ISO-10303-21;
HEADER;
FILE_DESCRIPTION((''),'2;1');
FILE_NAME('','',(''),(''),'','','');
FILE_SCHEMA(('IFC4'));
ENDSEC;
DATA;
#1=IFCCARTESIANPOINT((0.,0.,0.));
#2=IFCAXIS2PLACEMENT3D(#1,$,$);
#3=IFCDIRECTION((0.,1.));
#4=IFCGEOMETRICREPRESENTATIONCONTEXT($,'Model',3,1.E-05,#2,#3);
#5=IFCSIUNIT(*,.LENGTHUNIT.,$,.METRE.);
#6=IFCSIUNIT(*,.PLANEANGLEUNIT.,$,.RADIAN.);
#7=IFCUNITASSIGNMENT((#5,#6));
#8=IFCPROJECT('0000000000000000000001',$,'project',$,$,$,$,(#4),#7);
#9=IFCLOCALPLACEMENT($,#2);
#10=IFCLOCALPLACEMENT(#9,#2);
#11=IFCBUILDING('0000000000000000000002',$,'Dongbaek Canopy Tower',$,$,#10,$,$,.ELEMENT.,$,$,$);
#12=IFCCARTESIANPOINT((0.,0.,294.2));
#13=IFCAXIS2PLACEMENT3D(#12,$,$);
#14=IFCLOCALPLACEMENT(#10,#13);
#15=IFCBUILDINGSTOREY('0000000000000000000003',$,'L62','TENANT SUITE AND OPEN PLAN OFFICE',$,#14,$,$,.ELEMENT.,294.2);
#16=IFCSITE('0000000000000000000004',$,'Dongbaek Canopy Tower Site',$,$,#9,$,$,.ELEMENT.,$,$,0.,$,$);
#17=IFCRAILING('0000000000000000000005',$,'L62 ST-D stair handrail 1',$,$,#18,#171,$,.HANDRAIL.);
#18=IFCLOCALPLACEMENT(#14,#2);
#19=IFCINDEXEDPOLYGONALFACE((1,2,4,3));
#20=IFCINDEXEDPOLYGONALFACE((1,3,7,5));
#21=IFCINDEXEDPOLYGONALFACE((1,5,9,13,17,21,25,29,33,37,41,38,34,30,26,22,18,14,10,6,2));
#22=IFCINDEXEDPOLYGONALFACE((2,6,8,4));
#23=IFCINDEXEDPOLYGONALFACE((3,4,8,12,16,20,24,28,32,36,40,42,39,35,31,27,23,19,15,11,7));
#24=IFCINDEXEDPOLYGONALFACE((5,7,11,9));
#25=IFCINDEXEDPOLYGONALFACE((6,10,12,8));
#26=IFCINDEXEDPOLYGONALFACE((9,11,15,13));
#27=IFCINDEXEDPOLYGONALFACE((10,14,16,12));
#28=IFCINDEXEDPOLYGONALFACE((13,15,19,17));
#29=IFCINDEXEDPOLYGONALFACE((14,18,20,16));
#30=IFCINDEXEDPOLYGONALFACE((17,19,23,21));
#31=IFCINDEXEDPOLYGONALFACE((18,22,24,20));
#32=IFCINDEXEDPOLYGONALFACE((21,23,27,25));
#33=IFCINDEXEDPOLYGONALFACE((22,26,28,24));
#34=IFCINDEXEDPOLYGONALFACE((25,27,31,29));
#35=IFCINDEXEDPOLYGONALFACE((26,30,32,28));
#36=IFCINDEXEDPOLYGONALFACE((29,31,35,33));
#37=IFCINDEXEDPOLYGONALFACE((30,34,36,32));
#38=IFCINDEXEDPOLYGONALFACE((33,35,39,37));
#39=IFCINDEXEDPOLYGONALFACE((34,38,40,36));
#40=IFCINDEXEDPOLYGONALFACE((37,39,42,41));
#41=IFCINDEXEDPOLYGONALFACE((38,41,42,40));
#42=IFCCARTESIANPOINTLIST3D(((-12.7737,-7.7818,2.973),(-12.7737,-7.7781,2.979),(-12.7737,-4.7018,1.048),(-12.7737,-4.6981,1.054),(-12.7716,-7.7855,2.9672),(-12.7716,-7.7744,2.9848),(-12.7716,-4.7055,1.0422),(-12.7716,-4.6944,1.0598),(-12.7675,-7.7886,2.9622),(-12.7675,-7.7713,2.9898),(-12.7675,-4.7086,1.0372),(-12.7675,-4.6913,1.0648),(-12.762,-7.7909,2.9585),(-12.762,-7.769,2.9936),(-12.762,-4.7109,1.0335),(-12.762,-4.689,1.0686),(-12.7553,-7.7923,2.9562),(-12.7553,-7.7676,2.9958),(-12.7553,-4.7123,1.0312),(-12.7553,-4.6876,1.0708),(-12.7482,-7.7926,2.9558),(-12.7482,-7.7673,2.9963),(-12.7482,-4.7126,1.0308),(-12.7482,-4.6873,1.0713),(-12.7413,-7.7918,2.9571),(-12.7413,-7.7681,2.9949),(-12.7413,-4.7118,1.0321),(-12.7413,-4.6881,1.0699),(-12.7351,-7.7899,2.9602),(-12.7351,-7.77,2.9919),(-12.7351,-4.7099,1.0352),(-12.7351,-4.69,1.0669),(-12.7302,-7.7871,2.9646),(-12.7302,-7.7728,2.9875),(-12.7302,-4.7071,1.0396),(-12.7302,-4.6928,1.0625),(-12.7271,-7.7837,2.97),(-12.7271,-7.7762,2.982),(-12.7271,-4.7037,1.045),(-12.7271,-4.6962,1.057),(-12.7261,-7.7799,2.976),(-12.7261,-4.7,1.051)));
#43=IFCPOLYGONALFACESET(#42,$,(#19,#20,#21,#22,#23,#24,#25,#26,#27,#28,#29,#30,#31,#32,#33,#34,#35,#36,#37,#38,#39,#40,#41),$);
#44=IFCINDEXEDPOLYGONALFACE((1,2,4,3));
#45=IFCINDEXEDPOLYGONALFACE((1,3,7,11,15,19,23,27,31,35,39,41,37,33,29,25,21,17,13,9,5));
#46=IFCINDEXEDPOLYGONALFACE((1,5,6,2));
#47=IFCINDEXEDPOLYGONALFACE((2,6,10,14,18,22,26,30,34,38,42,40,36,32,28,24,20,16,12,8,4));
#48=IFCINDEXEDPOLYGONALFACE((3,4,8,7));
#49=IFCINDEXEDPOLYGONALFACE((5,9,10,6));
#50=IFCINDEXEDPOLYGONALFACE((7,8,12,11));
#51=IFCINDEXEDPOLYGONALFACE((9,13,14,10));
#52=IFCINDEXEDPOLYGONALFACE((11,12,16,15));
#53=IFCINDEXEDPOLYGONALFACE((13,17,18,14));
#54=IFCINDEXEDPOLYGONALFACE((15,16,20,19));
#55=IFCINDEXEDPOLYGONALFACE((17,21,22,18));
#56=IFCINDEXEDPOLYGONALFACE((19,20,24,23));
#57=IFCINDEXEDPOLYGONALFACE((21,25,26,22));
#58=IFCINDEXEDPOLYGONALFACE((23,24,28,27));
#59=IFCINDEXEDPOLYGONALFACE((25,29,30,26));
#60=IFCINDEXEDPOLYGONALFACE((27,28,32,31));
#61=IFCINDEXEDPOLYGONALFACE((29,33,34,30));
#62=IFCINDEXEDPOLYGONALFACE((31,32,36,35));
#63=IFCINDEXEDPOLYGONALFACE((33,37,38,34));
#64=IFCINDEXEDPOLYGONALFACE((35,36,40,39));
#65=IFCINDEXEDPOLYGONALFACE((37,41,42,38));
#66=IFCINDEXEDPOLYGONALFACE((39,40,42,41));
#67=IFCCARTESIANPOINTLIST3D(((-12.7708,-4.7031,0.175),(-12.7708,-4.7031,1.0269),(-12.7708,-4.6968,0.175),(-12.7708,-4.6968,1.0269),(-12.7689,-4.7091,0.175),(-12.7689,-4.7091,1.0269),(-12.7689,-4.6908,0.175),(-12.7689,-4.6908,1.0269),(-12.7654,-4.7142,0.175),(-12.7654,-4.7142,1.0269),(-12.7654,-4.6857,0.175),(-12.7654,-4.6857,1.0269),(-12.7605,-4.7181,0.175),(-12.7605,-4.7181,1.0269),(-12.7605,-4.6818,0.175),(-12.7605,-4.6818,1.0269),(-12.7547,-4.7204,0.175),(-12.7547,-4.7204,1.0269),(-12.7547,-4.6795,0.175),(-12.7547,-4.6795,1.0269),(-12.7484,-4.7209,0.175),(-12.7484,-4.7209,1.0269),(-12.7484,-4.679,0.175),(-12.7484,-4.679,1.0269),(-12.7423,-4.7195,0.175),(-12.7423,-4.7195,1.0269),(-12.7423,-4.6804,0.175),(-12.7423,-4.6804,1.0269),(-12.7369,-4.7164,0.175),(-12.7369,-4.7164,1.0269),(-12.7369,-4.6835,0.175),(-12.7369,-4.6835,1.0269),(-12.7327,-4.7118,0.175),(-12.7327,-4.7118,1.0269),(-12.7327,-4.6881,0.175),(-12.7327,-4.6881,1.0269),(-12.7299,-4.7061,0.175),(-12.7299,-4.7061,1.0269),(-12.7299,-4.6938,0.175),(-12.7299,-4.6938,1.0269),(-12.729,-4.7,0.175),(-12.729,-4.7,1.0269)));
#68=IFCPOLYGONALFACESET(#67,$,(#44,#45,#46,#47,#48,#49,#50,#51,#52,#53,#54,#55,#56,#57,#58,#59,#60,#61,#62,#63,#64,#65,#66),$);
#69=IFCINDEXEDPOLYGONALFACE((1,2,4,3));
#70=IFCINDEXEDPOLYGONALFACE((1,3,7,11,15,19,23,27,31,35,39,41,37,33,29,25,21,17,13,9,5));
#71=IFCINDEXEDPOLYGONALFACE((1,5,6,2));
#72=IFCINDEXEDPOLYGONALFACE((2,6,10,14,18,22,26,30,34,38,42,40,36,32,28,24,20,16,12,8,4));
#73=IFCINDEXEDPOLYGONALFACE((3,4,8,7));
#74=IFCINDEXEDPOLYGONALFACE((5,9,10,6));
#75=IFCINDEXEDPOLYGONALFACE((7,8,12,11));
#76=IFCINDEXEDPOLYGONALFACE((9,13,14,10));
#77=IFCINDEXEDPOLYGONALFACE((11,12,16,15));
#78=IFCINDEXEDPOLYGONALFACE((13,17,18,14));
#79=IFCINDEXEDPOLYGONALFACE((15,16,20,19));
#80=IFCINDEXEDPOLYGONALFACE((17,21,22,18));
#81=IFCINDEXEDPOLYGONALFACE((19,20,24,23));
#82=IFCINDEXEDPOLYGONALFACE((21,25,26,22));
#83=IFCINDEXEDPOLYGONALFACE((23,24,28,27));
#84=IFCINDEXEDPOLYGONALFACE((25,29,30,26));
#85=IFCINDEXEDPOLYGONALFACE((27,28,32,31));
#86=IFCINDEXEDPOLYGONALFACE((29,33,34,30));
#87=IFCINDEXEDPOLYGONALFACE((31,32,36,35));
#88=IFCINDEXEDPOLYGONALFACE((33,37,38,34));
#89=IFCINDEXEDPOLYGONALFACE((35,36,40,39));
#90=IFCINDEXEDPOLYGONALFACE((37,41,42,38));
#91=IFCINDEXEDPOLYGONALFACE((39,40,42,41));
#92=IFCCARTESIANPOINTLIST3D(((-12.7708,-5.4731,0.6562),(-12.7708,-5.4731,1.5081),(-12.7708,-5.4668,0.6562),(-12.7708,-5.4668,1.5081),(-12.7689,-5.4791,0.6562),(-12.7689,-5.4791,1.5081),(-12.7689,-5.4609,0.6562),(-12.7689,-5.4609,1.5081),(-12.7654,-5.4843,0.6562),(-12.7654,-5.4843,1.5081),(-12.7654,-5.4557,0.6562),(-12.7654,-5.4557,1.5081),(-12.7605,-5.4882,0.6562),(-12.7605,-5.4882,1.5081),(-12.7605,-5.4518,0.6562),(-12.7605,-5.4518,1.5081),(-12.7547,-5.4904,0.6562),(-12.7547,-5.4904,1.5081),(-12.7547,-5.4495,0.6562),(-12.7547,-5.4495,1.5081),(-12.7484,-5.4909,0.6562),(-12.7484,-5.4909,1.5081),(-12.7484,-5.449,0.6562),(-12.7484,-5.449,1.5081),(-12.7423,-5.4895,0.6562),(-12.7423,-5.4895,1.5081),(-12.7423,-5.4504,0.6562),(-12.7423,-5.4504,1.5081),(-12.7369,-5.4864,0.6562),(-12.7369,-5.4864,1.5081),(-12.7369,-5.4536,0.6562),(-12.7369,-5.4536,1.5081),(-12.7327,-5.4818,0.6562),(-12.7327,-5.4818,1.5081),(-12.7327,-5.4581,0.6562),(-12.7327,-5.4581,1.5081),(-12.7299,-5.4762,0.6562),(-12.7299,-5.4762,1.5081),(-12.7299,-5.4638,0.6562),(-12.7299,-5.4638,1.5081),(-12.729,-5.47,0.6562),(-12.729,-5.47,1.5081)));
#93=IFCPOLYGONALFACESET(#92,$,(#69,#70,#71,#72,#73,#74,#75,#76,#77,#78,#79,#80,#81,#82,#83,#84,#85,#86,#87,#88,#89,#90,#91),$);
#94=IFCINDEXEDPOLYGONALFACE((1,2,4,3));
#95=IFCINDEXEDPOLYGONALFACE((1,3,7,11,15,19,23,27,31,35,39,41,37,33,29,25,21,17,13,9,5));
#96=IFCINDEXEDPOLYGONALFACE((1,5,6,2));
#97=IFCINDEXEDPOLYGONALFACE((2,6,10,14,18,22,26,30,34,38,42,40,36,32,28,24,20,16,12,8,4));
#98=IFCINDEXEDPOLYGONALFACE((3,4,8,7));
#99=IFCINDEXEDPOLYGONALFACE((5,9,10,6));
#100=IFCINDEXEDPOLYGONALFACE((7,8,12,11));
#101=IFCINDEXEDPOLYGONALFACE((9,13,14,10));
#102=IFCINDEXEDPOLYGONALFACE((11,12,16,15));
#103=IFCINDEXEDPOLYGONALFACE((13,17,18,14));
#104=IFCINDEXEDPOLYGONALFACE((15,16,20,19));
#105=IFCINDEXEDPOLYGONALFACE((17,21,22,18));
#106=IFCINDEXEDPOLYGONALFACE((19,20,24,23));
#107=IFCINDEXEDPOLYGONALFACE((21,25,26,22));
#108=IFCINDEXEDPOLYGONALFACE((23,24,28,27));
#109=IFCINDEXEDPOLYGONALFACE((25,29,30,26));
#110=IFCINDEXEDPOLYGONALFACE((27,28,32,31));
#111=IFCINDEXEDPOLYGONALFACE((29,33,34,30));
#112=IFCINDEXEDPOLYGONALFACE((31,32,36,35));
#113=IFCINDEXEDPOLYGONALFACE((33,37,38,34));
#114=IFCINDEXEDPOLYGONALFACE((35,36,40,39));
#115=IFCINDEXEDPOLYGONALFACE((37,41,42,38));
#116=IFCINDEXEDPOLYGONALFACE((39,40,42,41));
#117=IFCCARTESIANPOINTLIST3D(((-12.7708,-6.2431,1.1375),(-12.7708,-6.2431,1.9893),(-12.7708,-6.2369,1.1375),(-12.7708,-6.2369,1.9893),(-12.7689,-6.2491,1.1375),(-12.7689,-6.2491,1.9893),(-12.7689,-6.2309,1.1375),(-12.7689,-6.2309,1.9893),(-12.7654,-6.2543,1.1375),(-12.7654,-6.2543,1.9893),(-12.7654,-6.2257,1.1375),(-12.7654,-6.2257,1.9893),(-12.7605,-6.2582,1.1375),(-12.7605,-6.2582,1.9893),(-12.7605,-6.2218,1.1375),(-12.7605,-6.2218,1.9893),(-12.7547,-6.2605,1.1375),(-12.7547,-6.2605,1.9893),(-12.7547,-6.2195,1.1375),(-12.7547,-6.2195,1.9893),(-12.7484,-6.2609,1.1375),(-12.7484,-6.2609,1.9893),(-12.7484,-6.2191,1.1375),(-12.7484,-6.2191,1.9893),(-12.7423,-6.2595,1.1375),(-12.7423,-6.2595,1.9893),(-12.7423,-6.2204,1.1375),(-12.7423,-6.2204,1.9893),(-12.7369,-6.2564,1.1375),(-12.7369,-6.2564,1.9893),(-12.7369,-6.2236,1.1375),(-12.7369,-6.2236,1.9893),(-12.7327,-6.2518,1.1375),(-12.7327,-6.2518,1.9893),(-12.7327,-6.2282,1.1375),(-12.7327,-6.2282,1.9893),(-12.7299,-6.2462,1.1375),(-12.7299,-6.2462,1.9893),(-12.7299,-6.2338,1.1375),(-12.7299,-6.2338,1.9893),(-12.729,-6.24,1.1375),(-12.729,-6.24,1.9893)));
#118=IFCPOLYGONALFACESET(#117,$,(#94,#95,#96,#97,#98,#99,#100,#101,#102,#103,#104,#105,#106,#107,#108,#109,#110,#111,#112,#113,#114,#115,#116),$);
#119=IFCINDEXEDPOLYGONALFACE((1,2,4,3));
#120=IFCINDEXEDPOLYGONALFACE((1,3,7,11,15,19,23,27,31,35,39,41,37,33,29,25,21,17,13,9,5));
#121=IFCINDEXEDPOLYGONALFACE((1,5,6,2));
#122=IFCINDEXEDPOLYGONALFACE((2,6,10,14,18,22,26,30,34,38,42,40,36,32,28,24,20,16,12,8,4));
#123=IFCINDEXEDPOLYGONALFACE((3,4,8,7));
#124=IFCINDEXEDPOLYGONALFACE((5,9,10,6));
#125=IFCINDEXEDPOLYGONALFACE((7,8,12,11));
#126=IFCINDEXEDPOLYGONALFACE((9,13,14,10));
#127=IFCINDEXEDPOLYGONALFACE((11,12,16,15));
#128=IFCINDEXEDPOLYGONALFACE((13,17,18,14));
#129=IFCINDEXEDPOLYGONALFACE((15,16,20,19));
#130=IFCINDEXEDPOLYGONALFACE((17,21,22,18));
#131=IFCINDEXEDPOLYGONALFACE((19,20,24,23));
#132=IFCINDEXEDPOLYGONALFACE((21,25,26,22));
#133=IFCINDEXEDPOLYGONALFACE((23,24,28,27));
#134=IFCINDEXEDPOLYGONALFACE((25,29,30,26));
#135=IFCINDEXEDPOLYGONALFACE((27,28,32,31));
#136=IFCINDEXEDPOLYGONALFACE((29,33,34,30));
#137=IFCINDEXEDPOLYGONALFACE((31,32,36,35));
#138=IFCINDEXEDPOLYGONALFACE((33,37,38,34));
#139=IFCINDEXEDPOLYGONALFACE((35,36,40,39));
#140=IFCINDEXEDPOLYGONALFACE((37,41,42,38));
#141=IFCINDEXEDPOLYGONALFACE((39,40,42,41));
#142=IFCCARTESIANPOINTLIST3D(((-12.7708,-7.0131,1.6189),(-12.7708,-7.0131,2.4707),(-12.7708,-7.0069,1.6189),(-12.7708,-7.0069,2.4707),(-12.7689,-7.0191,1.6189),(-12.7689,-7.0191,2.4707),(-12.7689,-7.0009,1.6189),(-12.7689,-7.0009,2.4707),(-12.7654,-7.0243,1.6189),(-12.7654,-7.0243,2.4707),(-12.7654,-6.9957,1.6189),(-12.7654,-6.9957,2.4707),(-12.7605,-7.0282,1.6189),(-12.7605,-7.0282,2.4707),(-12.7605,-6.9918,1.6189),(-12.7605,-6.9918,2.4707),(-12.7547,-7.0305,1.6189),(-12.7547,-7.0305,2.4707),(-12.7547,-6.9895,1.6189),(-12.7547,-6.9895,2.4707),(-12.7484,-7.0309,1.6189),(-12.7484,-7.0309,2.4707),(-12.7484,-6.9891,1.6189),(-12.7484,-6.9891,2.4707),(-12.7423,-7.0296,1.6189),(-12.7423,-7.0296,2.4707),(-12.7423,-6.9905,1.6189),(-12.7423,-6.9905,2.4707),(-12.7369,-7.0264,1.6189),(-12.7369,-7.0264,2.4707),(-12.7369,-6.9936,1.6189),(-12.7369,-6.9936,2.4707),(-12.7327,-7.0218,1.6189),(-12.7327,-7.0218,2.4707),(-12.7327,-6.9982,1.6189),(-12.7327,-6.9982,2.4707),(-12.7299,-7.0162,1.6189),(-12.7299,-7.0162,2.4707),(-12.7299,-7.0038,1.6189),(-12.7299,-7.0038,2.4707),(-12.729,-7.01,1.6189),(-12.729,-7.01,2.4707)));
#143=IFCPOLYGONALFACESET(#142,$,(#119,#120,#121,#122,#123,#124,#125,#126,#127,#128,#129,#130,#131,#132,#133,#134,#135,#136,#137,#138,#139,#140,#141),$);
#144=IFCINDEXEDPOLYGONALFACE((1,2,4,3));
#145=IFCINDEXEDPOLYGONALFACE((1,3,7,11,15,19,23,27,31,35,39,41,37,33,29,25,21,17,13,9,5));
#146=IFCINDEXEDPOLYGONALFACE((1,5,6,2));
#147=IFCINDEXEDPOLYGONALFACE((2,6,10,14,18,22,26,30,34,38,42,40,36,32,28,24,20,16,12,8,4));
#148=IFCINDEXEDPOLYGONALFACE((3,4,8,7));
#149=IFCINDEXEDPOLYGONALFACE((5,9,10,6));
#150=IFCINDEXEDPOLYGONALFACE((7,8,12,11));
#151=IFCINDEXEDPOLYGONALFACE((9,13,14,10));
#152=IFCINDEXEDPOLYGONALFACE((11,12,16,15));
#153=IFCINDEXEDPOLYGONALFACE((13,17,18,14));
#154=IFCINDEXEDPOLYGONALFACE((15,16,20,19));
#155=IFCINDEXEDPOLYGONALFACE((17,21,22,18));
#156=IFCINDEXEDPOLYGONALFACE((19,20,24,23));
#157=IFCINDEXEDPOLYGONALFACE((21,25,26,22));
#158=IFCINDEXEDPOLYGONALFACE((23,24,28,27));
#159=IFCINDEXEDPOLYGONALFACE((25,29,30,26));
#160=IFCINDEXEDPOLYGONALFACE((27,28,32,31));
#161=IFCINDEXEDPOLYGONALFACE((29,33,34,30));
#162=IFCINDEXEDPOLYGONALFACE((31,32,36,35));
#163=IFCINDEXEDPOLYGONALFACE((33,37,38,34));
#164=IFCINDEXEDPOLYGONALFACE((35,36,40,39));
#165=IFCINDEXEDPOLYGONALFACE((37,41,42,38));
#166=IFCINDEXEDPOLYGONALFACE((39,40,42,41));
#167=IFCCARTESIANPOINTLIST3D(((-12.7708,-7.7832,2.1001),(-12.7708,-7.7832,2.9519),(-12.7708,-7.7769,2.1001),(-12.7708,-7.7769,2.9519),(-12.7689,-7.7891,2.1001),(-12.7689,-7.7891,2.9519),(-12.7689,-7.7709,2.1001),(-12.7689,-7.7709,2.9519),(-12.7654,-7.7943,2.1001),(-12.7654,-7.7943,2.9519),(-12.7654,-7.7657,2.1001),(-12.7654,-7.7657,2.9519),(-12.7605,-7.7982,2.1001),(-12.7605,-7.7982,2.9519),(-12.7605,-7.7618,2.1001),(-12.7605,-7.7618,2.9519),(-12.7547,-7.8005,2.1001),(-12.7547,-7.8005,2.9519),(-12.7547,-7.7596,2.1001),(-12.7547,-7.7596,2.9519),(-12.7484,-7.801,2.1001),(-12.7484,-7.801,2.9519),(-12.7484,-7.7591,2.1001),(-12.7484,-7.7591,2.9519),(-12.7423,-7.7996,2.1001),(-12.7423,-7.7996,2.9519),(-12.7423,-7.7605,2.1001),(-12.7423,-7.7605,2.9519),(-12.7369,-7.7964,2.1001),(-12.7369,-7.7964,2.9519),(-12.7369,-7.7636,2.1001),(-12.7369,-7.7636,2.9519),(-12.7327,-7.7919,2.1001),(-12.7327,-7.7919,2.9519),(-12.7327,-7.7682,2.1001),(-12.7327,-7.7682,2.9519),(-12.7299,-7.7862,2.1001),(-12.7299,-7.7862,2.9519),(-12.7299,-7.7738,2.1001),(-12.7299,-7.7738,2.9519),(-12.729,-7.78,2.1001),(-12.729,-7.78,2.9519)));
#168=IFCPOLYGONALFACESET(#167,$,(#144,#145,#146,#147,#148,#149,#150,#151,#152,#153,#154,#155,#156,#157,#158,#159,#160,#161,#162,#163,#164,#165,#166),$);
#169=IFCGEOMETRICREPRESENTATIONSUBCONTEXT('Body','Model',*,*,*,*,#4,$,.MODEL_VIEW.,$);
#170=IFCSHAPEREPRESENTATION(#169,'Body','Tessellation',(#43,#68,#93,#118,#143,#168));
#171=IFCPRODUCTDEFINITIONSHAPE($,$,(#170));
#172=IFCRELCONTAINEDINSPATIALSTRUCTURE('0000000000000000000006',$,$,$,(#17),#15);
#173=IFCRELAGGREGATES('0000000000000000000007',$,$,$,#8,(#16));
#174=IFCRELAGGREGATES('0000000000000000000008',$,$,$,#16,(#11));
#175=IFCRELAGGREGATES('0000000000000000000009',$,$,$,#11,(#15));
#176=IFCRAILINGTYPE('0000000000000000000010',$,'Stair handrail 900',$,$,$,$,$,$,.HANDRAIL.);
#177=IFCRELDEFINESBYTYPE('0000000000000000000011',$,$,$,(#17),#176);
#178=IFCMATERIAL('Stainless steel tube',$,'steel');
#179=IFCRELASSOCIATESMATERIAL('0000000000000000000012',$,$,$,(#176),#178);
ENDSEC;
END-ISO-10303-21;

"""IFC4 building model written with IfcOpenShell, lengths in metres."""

from ifc_helpers import new_model, si_unit, direction, frame, origin, origin_2d, place, context, subcontext, project, spatial, circle, extrude, material, type_object, element, save


model = new_model("IFC4")

# Units and contexts
model_context = context("Model", 3, precision=1e-05, world=origin(), true_north=direction((0.0, 1.0)))
body_context = subcontext(model_context, "Body", "Model", "MODEL_VIEW")
ifc_project = project(units=[si_unit("LENGTHUNIT", "METRE"), si_unit("PLANEANGLEUNIT", "RADIAN")], contexts=[model_context])

# Site, building, storey
site_placement = place(None, origin())
site = spatial("IfcSite", under=ifc_project, at=site_placement, Name="Dongbaek Canopy Tower Site", CompositionType="ELEMENT", RefElevation=0.0)
building_placement = place(site_placement, origin())
building = spatial("IfcBuilding", under=site, at=building_placement, Name="Dongbaek Canopy Tower", CompositionType="ELEMENT")
storey_placement = place(building_placement, frame((0.0, 0.0, 294.2)))
storey = spatial("IfcBuildingStorey", under=building, at=storey_placement, Name="L62", Description="TENANT SUITE AND OPEN PLAN OFFICE", CompositionType="ELEMENT", Elevation=294.2)

# Railing
ifc_material_1 = material(Name="Stainless steel tube", Category="steel")
railing_type_1 = type_object("IfcRailingType", Name="Stair handrail 900", PredefinedType="HANDRAIL", material=ifc_material_1)
railing_1_placement = place(storey_placement, frame((-12.75, -4.7, 0.175)))
element("IfcRailing", 1, at=railing_1_placement, inside=storey, type_object=railing_type_1, Name="L62 ST-D stair handrail 1", PredefinedType="HANDRAIL", context=body_context, shape_type="SweptSolid", body=[
    extrude(circle(Radius=0.0239, at=origin_2d()), frame((0.0, 0.0, 0.876), z_axis=(0.0, -0.847998, 0.529999), x_axis=(1.0, 0.0, 0.0)), (0.0, 0.0, 1.0), 3.6321),
    extrude(circle(Radius=0.021, at=origin_2d()), origin(), (0.0, 0.0, 1.0), 0.8518),
    extrude(circle(Radius=0.021, at=origin_2d()), frame((0.0, -0.77, 0.4812)), (0.0, 0.0, 1.0), 0.8518),
    extrude(circle(Radius=0.021, at=origin_2d()), frame((0.0, -1.54, 0.9624)), (0.0, 0.0, 1.0), 0.8518),
    extrude(circle(Radius=0.021, at=origin_2d()), frame((0.0, -2.3101, 1.4438)), (0.0, 0.0, 1.0), 0.8518),
    extrude(circle(Radius=0.021, at=origin_2d()), frame((0.0, -3.0801, 1.925)), (0.0, 0.0, 1.0), 0.8518),
])

save(model, "model.ifc")
